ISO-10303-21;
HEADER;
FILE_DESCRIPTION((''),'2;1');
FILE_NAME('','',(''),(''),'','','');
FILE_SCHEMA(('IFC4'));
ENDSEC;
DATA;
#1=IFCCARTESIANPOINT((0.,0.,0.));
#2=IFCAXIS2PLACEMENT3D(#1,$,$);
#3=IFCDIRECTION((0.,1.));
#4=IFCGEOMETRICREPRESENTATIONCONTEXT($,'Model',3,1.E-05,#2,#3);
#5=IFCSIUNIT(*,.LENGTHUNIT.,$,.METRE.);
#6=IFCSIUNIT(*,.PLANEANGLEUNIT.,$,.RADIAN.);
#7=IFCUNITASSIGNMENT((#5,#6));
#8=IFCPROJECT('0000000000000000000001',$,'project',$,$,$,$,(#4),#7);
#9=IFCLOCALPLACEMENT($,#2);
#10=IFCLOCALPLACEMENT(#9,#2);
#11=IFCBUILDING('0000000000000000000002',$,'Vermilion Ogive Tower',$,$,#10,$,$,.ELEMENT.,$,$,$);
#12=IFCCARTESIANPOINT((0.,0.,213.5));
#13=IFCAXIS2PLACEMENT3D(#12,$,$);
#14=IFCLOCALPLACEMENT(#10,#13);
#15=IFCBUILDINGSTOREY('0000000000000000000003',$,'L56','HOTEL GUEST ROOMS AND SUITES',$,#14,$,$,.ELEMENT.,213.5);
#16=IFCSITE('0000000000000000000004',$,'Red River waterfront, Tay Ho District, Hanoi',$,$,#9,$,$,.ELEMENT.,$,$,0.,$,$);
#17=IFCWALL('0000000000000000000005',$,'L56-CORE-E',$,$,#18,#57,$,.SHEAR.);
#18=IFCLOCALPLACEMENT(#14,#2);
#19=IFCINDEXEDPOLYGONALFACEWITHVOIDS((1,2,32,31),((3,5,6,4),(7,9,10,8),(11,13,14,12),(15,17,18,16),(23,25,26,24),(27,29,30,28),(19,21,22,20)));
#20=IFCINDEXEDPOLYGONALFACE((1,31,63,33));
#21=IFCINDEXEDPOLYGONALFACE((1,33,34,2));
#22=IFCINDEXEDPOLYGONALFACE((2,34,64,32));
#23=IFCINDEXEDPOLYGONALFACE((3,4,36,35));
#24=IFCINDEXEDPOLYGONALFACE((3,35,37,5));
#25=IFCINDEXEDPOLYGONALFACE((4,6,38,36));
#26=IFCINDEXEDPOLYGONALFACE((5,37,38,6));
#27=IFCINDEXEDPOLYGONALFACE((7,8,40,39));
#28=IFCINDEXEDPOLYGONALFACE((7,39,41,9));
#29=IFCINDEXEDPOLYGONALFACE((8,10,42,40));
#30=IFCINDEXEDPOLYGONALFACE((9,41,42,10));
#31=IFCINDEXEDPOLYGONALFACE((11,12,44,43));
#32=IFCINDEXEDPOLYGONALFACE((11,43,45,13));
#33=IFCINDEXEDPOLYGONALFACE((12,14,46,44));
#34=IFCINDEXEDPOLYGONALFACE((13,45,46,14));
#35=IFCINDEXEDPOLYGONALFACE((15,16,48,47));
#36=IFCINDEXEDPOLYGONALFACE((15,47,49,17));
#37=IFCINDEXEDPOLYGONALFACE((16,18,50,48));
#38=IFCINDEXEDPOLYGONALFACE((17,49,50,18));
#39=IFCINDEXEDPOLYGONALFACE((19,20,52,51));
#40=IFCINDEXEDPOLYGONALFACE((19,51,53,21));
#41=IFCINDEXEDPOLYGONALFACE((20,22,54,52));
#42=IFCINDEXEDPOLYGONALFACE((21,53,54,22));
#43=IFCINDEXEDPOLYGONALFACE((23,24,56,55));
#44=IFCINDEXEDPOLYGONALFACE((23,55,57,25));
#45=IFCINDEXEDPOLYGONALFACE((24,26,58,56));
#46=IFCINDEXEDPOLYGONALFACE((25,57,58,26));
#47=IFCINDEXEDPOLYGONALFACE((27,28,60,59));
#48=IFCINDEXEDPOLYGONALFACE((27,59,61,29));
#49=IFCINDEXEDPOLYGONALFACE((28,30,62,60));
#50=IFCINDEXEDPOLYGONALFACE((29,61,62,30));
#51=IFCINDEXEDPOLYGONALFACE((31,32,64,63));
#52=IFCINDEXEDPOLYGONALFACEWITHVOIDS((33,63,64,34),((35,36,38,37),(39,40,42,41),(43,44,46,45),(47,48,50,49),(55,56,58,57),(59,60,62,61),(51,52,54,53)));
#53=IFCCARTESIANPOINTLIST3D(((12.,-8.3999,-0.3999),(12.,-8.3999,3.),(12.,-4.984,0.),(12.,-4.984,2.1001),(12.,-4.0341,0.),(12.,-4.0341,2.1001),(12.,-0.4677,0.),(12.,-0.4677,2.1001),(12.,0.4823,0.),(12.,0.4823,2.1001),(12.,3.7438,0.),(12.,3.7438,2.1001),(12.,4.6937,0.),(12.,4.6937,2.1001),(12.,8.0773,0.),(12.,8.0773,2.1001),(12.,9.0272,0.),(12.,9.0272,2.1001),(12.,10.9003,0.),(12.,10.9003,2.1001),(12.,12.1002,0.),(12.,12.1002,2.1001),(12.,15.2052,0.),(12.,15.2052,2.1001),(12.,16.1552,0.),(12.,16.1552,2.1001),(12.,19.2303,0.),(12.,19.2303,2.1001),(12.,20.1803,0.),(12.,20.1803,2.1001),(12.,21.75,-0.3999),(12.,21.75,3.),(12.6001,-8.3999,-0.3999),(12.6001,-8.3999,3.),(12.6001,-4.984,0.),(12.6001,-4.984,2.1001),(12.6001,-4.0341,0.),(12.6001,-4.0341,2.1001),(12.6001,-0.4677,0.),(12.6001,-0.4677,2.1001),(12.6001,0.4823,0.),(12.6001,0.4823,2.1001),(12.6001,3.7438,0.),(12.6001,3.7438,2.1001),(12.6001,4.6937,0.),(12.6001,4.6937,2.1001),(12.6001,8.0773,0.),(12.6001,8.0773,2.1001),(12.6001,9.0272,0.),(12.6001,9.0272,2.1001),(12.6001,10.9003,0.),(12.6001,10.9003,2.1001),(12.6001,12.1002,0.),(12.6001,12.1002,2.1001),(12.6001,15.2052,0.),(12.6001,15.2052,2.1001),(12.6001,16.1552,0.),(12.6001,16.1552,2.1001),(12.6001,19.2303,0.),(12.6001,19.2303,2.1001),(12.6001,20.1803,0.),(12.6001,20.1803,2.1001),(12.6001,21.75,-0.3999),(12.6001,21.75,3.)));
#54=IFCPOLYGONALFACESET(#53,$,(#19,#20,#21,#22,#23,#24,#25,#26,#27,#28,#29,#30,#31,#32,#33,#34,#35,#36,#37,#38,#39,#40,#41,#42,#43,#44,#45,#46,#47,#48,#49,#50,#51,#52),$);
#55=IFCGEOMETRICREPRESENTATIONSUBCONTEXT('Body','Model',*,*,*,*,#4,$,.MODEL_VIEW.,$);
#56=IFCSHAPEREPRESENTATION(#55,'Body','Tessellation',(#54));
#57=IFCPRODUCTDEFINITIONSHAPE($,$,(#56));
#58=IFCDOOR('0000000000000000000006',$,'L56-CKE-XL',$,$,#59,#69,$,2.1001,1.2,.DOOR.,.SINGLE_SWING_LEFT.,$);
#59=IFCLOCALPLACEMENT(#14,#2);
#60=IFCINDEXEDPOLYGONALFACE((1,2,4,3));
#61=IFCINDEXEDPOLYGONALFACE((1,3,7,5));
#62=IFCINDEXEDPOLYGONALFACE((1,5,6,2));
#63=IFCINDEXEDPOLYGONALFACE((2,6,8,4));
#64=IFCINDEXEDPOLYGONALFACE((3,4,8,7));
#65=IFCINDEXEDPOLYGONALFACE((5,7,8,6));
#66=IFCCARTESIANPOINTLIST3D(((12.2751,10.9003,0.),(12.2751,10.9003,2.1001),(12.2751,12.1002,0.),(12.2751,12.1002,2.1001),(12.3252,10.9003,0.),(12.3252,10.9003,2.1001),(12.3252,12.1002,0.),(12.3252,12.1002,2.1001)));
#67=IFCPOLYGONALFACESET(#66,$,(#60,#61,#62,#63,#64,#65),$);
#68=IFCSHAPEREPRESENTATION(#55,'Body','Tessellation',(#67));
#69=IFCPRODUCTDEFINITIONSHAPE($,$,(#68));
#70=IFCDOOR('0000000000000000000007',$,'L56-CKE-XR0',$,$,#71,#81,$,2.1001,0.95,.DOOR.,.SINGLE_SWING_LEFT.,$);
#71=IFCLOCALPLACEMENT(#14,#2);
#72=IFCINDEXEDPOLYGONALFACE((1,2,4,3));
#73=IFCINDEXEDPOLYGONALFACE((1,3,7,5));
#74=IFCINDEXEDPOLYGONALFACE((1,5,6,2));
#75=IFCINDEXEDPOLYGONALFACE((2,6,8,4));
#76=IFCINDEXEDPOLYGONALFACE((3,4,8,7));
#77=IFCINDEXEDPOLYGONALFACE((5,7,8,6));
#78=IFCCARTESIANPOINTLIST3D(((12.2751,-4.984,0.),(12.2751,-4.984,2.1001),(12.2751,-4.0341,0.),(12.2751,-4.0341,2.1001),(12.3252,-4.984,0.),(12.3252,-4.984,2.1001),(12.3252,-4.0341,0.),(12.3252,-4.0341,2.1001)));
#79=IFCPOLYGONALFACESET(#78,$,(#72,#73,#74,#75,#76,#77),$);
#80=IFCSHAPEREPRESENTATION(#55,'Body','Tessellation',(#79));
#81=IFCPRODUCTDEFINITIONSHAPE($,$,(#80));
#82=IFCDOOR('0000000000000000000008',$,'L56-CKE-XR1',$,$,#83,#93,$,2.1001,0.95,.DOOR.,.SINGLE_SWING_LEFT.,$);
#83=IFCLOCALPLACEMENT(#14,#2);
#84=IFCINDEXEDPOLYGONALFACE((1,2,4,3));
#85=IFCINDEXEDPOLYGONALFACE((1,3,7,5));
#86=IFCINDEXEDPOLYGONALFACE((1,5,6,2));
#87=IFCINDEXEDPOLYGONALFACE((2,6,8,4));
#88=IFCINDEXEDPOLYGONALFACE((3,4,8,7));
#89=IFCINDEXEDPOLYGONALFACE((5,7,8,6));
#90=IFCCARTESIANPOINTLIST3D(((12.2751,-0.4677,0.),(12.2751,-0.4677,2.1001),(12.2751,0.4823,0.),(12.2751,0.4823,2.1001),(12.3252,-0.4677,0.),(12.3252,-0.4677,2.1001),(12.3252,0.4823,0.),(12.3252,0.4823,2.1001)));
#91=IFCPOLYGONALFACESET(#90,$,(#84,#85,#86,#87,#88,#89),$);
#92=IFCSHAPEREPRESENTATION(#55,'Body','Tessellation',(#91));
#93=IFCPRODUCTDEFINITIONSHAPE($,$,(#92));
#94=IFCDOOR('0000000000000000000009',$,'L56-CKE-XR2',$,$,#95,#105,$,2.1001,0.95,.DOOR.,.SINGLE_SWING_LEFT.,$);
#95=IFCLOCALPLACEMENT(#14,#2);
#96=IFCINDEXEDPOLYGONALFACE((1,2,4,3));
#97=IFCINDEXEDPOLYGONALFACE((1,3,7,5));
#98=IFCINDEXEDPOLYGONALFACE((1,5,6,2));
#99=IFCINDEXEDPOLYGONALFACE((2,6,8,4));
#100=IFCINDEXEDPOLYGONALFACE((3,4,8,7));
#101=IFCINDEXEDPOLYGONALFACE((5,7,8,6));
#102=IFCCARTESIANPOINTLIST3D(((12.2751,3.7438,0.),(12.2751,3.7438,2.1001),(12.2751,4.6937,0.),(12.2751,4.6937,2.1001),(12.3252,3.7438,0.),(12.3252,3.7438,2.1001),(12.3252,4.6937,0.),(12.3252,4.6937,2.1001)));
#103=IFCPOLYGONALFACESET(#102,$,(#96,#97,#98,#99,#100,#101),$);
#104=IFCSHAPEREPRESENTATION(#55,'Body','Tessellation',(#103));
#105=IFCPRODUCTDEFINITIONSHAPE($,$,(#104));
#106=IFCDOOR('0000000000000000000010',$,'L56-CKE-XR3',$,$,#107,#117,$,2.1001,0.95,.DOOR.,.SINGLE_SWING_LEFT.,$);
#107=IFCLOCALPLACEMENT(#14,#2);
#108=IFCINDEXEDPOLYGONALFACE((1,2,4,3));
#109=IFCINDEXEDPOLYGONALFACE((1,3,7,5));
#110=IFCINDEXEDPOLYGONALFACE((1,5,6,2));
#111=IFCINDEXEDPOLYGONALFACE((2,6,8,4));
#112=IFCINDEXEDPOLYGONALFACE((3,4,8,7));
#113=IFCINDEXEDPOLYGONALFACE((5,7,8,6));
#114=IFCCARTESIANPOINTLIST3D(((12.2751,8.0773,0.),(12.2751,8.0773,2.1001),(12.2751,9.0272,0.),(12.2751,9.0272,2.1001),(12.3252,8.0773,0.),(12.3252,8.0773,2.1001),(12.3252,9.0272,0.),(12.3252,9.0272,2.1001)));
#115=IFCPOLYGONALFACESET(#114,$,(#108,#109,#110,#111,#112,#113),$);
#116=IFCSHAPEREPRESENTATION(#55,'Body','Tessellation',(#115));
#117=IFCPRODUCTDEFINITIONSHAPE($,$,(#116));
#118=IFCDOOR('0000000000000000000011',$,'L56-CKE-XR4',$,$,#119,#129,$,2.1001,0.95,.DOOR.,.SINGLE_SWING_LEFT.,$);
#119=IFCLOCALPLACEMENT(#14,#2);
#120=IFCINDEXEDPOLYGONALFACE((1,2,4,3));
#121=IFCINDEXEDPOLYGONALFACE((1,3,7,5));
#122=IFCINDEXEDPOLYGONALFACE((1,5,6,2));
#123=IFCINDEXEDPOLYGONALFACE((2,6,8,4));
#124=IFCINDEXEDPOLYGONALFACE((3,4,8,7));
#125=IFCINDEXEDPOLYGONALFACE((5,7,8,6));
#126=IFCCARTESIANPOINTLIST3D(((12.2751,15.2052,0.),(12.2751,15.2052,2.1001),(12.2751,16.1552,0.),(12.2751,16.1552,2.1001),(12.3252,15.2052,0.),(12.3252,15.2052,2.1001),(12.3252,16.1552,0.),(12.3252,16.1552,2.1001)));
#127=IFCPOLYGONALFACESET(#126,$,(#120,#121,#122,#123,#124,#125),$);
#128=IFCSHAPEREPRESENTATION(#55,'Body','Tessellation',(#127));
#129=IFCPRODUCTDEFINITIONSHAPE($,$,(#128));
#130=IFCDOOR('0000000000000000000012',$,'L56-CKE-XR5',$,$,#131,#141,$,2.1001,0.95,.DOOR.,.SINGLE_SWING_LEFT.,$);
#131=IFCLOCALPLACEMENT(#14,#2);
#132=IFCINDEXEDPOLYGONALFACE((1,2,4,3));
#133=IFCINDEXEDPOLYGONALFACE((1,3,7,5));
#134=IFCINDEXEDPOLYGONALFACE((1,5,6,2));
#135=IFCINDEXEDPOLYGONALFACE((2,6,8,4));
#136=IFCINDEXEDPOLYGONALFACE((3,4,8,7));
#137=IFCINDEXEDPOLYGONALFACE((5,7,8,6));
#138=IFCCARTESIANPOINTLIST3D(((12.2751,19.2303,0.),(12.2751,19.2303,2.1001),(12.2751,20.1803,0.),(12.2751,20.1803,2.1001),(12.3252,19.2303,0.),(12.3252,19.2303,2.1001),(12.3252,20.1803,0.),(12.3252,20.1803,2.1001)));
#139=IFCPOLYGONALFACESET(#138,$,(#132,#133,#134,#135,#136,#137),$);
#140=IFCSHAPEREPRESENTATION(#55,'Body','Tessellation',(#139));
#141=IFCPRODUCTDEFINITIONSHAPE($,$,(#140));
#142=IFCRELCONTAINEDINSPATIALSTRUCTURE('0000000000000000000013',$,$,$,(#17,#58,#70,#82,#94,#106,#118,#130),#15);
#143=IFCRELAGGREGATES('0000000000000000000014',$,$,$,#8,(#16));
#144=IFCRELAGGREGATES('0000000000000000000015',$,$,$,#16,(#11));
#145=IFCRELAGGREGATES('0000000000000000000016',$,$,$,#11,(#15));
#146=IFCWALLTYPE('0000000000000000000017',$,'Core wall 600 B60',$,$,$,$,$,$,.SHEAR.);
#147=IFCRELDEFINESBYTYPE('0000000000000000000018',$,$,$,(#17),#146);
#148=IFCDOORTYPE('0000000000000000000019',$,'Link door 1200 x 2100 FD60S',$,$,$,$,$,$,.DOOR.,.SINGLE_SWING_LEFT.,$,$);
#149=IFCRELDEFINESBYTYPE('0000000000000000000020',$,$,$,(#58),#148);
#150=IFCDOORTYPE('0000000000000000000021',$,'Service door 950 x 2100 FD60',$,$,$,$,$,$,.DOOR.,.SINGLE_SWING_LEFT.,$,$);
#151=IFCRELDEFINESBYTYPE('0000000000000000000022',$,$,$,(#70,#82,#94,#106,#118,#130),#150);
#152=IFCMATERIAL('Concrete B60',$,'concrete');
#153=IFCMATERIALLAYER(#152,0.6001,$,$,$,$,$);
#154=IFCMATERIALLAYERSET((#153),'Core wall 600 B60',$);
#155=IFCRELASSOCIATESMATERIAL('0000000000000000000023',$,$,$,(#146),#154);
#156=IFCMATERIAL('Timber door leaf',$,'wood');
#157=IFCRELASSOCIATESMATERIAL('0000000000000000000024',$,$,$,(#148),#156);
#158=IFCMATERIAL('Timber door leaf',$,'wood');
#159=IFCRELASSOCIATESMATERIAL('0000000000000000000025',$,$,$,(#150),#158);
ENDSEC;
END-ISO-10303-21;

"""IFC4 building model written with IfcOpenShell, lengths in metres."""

from ifc_helpers import new_model, si_unit, direction, frame, frame_2d, origin, place, context, subcontext, project, spatial, rectangle, extrude, material, layer, layer_set, type_object, element, fill, save


model = new_model("IFC4")

# Units and contexts
model_context = context("Model", 3, precision=1e-05, world=origin(), true_north=direction((0.0, 1.0)))
body_context = subcontext(model_context, "Body", "Model", "MODEL_VIEW")
ifc_project = project(units=[si_unit("LENGTHUNIT", "METRE"), si_unit("PLANEANGLEUNIT", "RADIAN")], contexts=[model_context])

# Site, building, storey
site_placement = place(None, origin())
site = spatial("IfcSite", under=ifc_project, at=site_placement, Name="Red River waterfront, Tay Ho District, Hanoi", CompositionType="ELEMENT", RefElevation=0.0)
building_placement = place(site_placement, origin())
building = spatial("IfcBuilding", under=site, at=building_placement, Name="Vermilion Ogive Tower", CompositionType="ELEMENT")
storey_placement = place(building_placement, frame((0.0, 0.0, 213.5)))
storey = spatial("IfcBuildingStorey", under=building, at=storey_placement, Name="L56", Description="HOTEL GUEST ROOMS AND SUITES", CompositionType="ELEMENT", Elevation=213.5)

# Wall, openings, doors
ifc_material_1 = material(Name="Concrete B60", Category="concrete")
ifc_layer_1 = layer(ifc_material_1, 0.6001)
ifc_layer_set_1 = layer_set([ifc_layer_1], Name="Core wall 600 B60")
wall_type_1 = type_object("IfcWallType", Name="Core wall 600 B60", PredefinedType="SHEAR", material=ifc_layer_set_1)
wall_1_placement = place(storey_placement, frame((12.3, -8.3999, -0.3999), z_axis=(0.0, 0.0, 1.0), x_axis=(0.0, 1.0, 0.0)))
wall_1 = element("IfcWall", 1, at=wall_1_placement, inside=storey, type_object=wall_type_1, Name="L56-CORE-E", PredefinedType="SHEAR", context=body_context, shape_type="SweptSolid", body=[
    extrude(rectangle(XDim=30.1499, YDim=0.6001, at=frame_2d((15.075, 0.0))), origin(), (0.0, 0.0, 1.0), 3.3999),
])
opening_1_placement = place(wall_1_placement, frame((3.4158, 0.0, 0.3999)))
opening_1 = element("IfcOpeningElement", 2, at=opening_1_placement, cuts=wall_1, PredefinedType="OPENING", context=body_context, shape_type="SweptSolid", body=[
    extrude(rectangle(XDim=0.95, YDim=2.1001, at=frame_2d((0.4751, 1.05))), frame((0.0, 0.3101, 0.0), z_axis=(0.0, -1.0, 0.0), x_axis=(1.0, 0.0, 0.0)), (0.0, 0.0, 1.0), 0.6201),
])
opening_2_placement = place(wall_1_placement, frame((7.9321, 0.0, 0.3999)))
opening_2 = element("IfcOpeningElement", 3, at=opening_2_placement, cuts=wall_1, PredefinedType="OPENING", context=body_context, shape_type="SweptSolid", body=[
    extrude(rectangle(XDim=0.95, YDim=2.1001, at=frame_2d((0.4751, 1.05))), frame((0.0, 0.3101, 0.0), z_axis=(0.0, -1.0, 0.0), x_axis=(1.0, 0.0, 0.0)), (0.0, 0.0, 1.0), 0.6201),
])
opening_3_placement = place(wall_1_placement, frame((12.1436, 0.0, 0.3999)))
opening_3 = element("IfcOpeningElement", 4, at=opening_3_placement, cuts=wall_1, PredefinedType="OPENING", context=body_context, shape_type="SweptSolid", body=[
    extrude(rectangle(XDim=0.95, YDim=2.1001, at=frame_2d((0.4751, 1.05))), frame((0.0, 0.3101, 0.0), z_axis=(0.0, -1.0, 0.0), x_axis=(1.0, 0.0, 0.0)), (0.0, 0.0, 1.0), 0.6201),
])
opening_4_placement = place(wall_1_placement, frame((16.4771, 0.0, 0.3999)))
opening_4 = element("IfcOpeningElement", 5, at=opening_4_placement, cuts=wall_1, PredefinedType="OPENING", context=body_context, shape_type="SweptSolid", body=[
    extrude(rectangle(XDim=0.95, YDim=2.1001, at=frame_2d((0.4751, 1.05))), frame((0.0, 0.3101, 0.0), z_axis=(0.0, -1.0, 0.0), x_axis=(1.0, 0.0, 0.0)), (0.0, 0.0, 1.0), 0.6201),
])
opening_5_placement = place(wall_1_placement, frame((23.605, 0.0, 0.3999)))
opening_5 = element("IfcOpeningElement", 6, at=opening_5_placement, cuts=wall_1, PredefinedType="OPENING", context=body_context, shape_type="SweptSolid", body=[
    extrude(rectangle(XDim=0.95, YDim=2.1001, at=frame_2d((0.4751, 1.05))), frame((0.0, 0.3101, 0.0), z_axis=(0.0, -1.0, 0.0), x_axis=(1.0, 0.0, 0.0)), (0.0, 0.0, 1.0), 0.6201),
])
opening_6_placement = place(wall_1_placement, frame((27.6301, 0.0, 0.3999)))
opening_6 = element("IfcOpeningElement", 7, at=opening_6_placement, cuts=wall_1, PredefinedType="OPENING", context=body_context, shape_type="SweptSolid", body=[
    extrude(rectangle(XDim=0.95, YDim=2.1001, at=frame_2d((0.4751, 1.05))), frame((0.0, 0.3101, 0.0), z_axis=(0.0, -1.0, 0.0), x_axis=(1.0, 0.0, 0.0)), (0.0, 0.0, 1.0), 0.6201),
])
opening_7_placement = place(wall_1_placement, frame((19.3, 0.0, 0.3999)))
opening_7 = element("IfcOpeningElement", 8, at=opening_7_placement, cuts=wall_1, PredefinedType="OPENING", context=body_context, shape_type="SweptSolid", body=[
    extrude(rectangle(XDim=1.2, YDim=2.1001, at=frame_2d((0.6001, 1.05))), frame((0.0, 0.3101, 0.0), z_axis=(0.0, -1.0, 0.0), x_axis=(1.0, 0.0, 0.0)), (0.0, 0.0, 1.0), 0.6201),
])
ifc_material_2 = material(Name="Timber door leaf", Category="wood")
door_type_1 = type_object("IfcDoorType", Name="Link door 1200 x 2100 FD60S", OperationType="SINGLE_SWING_LEFT", PredefinedType="DOOR", material=ifc_material_2)
door_1_placement = place(opening_7_placement, origin())
door_1 = element("IfcDoor", 9, at=door_1_placement, inside=storey, type_object=door_type_1, Name="L56-CKE-XL", OperationType="SINGLE_SWING_LEFT", OverallHeight=2.1001, OverallWidth=1.2, PredefinedType="DOOR", context=body_context, shape_type="SweptSolid", body=[
    extrude(rectangle(XDim=1.2, YDim=2.1001, at=frame_2d((0.6001, 1.05))), frame((0.0, 0.0249, 0.0), z_axis=(0.0, -1.0, 0.0), x_axis=(1.0, 0.0, 0.0)), (0.0, 0.0, 1.0), 0.05),
])
fill(opening_7, door_1)
ifc_material_3 = material(Name="Timber door leaf", Category="wood")
door_type_2 = type_object("IfcDoorType", Name="Service door 950 x 2100 FD60", OperationType="SINGLE_SWING_LEFT", PredefinedType="DOOR", material=ifc_material_3)
door_2_placement = place(opening_1_placement, origin())
door_2 = element("IfcDoor", 10, at=door_2_placement, inside=storey, type_object=door_type_2, Name="L56-CKE-XR0", OperationType="SINGLE_SWING_LEFT", OverallHeight=2.1001, OverallWidth=0.95, PredefinedType="DOOR", context=body_context, shape_type="SweptSolid", body=[
    extrude(rectangle(XDim=0.95, YDim=2.1001, at=frame_2d((0.4751, 1.05))), frame((0.0, 0.0249, 0.0), z_axis=(0.0, -1.0, 0.0), x_axis=(1.0, 0.0, 0.0)), (0.0, 0.0, 1.0), 0.05),
])
fill(opening_1, door_2)
door_3_placement = place(opening_2_placement, origin())
door_3 = element("IfcDoor", 11, at=door_3_placement, inside=storey, type_object=door_type_2, Name="L56-CKE-XR1", OperationType="SINGLE_SWING_LEFT", OverallHeight=2.1001, OverallWidth=0.95, PredefinedType="DOOR", context=body_context, shape_type="SweptSolid", body=[
    extrude(rectangle(XDim=0.95, YDim=2.1001, at=frame_2d((0.4751, 1.05))), frame((0.0, 0.0249, 0.0), z_axis=(0.0, -1.0, 0.0), x_axis=(1.0, 0.0, 0.0)), (0.0, 0.0, 1.0), 0.05),
])
fill(opening_2, door_3)
door_4_placement = place(opening_3_placement, origin())
door_4 = element("IfcDoor", 12, at=door_4_placement, inside=storey, type_object=door_type_2, Name="L56-CKE-XR2", OperationType="SINGLE_SWING_LEFT", OverallHeight=2.1001, OverallWidth=0.95, PredefinedType="DOOR", context=body_context, shape_type="SweptSolid", body=[
    extrude(rectangle(XDim=0.95, YDim=2.1001, at=frame_2d((0.4751, 1.05))), frame((0.0, 0.0249, 0.0), z_axis=(0.0, -1.0, 0.0), x_axis=(1.0, 0.0, 0.0)), (0.0, 0.0, 1.0), 0.05),
])
fill(opening_3, door_4)
door_5_placement = place(opening_4_placement, origin())
door_5 = element("IfcDoor", 13, at=door_5_placement, inside=storey, type_object=door_type_2, Name="L56-CKE-XR3", OperationType="SINGLE_SWING_LEFT", OverallHeight=2.1001, OverallWidth=0.95, PredefinedType="DOOR", context=body_context, shape_type="SweptSolid", body=[
    extrude(rectangle(XDim=0.95, YDim=2.1001, at=frame_2d((0.4751, 1.05))), frame((0.0, 0.0249, 0.0), z_axis=(0.0, -1.0, 0.0), x_axis=(1.0, 0.0, 0.0)), (0.0, 0.0, 1.0), 0.05),
])
fill(opening_4, door_5)
door_6_placement = place(opening_5_placement, origin())
door_6 = element("IfcDoor", 14, at=door_6_placement, inside=storey, type_object=door_type_2, Name="L56-CKE-XR4", OperationType="SINGLE_SWING_LEFT", OverallHeight=2.1001, OverallWidth=0.95, PredefinedType="DOOR", context=body_context, shape_type="SweptSolid", body=[
    extrude(rectangle(XDim=0.95, YDim=2.1001, at=frame_2d((0.4751, 1.05))), frame((0.0, 0.0249, 0.0), z_axis=(0.0, -1.0, 0.0), x_axis=(1.0, 0.0, 0.0)), (0.0, 0.0, 1.0), 0.05),
])
fill(opening_5, door_6)
door_7_placement = place(opening_6_placement, origin())
door_7 = element("IfcDoor", 15, at=door_7_placement, inside=storey, type_object=door_type_2, Name="L56-CKE-XR5", OperationType="SINGLE_SWING_LEFT", OverallHeight=2.1001, OverallWidth=0.95, PredefinedType="DOOR", context=body_context, shape_type="SweptSolid", body=[
    extrude(rectangle(XDim=0.95, YDim=2.1001, at=frame_2d((0.4751, 1.05))), frame((0.0, 0.0249, 0.0), z_axis=(0.0, -1.0, 0.0), x_axis=(1.0, 0.0, 0.0)), (0.0, 0.0, 1.0), 0.05),
])
fill(opening_6, door_7)

save(model, "model.ifc")
